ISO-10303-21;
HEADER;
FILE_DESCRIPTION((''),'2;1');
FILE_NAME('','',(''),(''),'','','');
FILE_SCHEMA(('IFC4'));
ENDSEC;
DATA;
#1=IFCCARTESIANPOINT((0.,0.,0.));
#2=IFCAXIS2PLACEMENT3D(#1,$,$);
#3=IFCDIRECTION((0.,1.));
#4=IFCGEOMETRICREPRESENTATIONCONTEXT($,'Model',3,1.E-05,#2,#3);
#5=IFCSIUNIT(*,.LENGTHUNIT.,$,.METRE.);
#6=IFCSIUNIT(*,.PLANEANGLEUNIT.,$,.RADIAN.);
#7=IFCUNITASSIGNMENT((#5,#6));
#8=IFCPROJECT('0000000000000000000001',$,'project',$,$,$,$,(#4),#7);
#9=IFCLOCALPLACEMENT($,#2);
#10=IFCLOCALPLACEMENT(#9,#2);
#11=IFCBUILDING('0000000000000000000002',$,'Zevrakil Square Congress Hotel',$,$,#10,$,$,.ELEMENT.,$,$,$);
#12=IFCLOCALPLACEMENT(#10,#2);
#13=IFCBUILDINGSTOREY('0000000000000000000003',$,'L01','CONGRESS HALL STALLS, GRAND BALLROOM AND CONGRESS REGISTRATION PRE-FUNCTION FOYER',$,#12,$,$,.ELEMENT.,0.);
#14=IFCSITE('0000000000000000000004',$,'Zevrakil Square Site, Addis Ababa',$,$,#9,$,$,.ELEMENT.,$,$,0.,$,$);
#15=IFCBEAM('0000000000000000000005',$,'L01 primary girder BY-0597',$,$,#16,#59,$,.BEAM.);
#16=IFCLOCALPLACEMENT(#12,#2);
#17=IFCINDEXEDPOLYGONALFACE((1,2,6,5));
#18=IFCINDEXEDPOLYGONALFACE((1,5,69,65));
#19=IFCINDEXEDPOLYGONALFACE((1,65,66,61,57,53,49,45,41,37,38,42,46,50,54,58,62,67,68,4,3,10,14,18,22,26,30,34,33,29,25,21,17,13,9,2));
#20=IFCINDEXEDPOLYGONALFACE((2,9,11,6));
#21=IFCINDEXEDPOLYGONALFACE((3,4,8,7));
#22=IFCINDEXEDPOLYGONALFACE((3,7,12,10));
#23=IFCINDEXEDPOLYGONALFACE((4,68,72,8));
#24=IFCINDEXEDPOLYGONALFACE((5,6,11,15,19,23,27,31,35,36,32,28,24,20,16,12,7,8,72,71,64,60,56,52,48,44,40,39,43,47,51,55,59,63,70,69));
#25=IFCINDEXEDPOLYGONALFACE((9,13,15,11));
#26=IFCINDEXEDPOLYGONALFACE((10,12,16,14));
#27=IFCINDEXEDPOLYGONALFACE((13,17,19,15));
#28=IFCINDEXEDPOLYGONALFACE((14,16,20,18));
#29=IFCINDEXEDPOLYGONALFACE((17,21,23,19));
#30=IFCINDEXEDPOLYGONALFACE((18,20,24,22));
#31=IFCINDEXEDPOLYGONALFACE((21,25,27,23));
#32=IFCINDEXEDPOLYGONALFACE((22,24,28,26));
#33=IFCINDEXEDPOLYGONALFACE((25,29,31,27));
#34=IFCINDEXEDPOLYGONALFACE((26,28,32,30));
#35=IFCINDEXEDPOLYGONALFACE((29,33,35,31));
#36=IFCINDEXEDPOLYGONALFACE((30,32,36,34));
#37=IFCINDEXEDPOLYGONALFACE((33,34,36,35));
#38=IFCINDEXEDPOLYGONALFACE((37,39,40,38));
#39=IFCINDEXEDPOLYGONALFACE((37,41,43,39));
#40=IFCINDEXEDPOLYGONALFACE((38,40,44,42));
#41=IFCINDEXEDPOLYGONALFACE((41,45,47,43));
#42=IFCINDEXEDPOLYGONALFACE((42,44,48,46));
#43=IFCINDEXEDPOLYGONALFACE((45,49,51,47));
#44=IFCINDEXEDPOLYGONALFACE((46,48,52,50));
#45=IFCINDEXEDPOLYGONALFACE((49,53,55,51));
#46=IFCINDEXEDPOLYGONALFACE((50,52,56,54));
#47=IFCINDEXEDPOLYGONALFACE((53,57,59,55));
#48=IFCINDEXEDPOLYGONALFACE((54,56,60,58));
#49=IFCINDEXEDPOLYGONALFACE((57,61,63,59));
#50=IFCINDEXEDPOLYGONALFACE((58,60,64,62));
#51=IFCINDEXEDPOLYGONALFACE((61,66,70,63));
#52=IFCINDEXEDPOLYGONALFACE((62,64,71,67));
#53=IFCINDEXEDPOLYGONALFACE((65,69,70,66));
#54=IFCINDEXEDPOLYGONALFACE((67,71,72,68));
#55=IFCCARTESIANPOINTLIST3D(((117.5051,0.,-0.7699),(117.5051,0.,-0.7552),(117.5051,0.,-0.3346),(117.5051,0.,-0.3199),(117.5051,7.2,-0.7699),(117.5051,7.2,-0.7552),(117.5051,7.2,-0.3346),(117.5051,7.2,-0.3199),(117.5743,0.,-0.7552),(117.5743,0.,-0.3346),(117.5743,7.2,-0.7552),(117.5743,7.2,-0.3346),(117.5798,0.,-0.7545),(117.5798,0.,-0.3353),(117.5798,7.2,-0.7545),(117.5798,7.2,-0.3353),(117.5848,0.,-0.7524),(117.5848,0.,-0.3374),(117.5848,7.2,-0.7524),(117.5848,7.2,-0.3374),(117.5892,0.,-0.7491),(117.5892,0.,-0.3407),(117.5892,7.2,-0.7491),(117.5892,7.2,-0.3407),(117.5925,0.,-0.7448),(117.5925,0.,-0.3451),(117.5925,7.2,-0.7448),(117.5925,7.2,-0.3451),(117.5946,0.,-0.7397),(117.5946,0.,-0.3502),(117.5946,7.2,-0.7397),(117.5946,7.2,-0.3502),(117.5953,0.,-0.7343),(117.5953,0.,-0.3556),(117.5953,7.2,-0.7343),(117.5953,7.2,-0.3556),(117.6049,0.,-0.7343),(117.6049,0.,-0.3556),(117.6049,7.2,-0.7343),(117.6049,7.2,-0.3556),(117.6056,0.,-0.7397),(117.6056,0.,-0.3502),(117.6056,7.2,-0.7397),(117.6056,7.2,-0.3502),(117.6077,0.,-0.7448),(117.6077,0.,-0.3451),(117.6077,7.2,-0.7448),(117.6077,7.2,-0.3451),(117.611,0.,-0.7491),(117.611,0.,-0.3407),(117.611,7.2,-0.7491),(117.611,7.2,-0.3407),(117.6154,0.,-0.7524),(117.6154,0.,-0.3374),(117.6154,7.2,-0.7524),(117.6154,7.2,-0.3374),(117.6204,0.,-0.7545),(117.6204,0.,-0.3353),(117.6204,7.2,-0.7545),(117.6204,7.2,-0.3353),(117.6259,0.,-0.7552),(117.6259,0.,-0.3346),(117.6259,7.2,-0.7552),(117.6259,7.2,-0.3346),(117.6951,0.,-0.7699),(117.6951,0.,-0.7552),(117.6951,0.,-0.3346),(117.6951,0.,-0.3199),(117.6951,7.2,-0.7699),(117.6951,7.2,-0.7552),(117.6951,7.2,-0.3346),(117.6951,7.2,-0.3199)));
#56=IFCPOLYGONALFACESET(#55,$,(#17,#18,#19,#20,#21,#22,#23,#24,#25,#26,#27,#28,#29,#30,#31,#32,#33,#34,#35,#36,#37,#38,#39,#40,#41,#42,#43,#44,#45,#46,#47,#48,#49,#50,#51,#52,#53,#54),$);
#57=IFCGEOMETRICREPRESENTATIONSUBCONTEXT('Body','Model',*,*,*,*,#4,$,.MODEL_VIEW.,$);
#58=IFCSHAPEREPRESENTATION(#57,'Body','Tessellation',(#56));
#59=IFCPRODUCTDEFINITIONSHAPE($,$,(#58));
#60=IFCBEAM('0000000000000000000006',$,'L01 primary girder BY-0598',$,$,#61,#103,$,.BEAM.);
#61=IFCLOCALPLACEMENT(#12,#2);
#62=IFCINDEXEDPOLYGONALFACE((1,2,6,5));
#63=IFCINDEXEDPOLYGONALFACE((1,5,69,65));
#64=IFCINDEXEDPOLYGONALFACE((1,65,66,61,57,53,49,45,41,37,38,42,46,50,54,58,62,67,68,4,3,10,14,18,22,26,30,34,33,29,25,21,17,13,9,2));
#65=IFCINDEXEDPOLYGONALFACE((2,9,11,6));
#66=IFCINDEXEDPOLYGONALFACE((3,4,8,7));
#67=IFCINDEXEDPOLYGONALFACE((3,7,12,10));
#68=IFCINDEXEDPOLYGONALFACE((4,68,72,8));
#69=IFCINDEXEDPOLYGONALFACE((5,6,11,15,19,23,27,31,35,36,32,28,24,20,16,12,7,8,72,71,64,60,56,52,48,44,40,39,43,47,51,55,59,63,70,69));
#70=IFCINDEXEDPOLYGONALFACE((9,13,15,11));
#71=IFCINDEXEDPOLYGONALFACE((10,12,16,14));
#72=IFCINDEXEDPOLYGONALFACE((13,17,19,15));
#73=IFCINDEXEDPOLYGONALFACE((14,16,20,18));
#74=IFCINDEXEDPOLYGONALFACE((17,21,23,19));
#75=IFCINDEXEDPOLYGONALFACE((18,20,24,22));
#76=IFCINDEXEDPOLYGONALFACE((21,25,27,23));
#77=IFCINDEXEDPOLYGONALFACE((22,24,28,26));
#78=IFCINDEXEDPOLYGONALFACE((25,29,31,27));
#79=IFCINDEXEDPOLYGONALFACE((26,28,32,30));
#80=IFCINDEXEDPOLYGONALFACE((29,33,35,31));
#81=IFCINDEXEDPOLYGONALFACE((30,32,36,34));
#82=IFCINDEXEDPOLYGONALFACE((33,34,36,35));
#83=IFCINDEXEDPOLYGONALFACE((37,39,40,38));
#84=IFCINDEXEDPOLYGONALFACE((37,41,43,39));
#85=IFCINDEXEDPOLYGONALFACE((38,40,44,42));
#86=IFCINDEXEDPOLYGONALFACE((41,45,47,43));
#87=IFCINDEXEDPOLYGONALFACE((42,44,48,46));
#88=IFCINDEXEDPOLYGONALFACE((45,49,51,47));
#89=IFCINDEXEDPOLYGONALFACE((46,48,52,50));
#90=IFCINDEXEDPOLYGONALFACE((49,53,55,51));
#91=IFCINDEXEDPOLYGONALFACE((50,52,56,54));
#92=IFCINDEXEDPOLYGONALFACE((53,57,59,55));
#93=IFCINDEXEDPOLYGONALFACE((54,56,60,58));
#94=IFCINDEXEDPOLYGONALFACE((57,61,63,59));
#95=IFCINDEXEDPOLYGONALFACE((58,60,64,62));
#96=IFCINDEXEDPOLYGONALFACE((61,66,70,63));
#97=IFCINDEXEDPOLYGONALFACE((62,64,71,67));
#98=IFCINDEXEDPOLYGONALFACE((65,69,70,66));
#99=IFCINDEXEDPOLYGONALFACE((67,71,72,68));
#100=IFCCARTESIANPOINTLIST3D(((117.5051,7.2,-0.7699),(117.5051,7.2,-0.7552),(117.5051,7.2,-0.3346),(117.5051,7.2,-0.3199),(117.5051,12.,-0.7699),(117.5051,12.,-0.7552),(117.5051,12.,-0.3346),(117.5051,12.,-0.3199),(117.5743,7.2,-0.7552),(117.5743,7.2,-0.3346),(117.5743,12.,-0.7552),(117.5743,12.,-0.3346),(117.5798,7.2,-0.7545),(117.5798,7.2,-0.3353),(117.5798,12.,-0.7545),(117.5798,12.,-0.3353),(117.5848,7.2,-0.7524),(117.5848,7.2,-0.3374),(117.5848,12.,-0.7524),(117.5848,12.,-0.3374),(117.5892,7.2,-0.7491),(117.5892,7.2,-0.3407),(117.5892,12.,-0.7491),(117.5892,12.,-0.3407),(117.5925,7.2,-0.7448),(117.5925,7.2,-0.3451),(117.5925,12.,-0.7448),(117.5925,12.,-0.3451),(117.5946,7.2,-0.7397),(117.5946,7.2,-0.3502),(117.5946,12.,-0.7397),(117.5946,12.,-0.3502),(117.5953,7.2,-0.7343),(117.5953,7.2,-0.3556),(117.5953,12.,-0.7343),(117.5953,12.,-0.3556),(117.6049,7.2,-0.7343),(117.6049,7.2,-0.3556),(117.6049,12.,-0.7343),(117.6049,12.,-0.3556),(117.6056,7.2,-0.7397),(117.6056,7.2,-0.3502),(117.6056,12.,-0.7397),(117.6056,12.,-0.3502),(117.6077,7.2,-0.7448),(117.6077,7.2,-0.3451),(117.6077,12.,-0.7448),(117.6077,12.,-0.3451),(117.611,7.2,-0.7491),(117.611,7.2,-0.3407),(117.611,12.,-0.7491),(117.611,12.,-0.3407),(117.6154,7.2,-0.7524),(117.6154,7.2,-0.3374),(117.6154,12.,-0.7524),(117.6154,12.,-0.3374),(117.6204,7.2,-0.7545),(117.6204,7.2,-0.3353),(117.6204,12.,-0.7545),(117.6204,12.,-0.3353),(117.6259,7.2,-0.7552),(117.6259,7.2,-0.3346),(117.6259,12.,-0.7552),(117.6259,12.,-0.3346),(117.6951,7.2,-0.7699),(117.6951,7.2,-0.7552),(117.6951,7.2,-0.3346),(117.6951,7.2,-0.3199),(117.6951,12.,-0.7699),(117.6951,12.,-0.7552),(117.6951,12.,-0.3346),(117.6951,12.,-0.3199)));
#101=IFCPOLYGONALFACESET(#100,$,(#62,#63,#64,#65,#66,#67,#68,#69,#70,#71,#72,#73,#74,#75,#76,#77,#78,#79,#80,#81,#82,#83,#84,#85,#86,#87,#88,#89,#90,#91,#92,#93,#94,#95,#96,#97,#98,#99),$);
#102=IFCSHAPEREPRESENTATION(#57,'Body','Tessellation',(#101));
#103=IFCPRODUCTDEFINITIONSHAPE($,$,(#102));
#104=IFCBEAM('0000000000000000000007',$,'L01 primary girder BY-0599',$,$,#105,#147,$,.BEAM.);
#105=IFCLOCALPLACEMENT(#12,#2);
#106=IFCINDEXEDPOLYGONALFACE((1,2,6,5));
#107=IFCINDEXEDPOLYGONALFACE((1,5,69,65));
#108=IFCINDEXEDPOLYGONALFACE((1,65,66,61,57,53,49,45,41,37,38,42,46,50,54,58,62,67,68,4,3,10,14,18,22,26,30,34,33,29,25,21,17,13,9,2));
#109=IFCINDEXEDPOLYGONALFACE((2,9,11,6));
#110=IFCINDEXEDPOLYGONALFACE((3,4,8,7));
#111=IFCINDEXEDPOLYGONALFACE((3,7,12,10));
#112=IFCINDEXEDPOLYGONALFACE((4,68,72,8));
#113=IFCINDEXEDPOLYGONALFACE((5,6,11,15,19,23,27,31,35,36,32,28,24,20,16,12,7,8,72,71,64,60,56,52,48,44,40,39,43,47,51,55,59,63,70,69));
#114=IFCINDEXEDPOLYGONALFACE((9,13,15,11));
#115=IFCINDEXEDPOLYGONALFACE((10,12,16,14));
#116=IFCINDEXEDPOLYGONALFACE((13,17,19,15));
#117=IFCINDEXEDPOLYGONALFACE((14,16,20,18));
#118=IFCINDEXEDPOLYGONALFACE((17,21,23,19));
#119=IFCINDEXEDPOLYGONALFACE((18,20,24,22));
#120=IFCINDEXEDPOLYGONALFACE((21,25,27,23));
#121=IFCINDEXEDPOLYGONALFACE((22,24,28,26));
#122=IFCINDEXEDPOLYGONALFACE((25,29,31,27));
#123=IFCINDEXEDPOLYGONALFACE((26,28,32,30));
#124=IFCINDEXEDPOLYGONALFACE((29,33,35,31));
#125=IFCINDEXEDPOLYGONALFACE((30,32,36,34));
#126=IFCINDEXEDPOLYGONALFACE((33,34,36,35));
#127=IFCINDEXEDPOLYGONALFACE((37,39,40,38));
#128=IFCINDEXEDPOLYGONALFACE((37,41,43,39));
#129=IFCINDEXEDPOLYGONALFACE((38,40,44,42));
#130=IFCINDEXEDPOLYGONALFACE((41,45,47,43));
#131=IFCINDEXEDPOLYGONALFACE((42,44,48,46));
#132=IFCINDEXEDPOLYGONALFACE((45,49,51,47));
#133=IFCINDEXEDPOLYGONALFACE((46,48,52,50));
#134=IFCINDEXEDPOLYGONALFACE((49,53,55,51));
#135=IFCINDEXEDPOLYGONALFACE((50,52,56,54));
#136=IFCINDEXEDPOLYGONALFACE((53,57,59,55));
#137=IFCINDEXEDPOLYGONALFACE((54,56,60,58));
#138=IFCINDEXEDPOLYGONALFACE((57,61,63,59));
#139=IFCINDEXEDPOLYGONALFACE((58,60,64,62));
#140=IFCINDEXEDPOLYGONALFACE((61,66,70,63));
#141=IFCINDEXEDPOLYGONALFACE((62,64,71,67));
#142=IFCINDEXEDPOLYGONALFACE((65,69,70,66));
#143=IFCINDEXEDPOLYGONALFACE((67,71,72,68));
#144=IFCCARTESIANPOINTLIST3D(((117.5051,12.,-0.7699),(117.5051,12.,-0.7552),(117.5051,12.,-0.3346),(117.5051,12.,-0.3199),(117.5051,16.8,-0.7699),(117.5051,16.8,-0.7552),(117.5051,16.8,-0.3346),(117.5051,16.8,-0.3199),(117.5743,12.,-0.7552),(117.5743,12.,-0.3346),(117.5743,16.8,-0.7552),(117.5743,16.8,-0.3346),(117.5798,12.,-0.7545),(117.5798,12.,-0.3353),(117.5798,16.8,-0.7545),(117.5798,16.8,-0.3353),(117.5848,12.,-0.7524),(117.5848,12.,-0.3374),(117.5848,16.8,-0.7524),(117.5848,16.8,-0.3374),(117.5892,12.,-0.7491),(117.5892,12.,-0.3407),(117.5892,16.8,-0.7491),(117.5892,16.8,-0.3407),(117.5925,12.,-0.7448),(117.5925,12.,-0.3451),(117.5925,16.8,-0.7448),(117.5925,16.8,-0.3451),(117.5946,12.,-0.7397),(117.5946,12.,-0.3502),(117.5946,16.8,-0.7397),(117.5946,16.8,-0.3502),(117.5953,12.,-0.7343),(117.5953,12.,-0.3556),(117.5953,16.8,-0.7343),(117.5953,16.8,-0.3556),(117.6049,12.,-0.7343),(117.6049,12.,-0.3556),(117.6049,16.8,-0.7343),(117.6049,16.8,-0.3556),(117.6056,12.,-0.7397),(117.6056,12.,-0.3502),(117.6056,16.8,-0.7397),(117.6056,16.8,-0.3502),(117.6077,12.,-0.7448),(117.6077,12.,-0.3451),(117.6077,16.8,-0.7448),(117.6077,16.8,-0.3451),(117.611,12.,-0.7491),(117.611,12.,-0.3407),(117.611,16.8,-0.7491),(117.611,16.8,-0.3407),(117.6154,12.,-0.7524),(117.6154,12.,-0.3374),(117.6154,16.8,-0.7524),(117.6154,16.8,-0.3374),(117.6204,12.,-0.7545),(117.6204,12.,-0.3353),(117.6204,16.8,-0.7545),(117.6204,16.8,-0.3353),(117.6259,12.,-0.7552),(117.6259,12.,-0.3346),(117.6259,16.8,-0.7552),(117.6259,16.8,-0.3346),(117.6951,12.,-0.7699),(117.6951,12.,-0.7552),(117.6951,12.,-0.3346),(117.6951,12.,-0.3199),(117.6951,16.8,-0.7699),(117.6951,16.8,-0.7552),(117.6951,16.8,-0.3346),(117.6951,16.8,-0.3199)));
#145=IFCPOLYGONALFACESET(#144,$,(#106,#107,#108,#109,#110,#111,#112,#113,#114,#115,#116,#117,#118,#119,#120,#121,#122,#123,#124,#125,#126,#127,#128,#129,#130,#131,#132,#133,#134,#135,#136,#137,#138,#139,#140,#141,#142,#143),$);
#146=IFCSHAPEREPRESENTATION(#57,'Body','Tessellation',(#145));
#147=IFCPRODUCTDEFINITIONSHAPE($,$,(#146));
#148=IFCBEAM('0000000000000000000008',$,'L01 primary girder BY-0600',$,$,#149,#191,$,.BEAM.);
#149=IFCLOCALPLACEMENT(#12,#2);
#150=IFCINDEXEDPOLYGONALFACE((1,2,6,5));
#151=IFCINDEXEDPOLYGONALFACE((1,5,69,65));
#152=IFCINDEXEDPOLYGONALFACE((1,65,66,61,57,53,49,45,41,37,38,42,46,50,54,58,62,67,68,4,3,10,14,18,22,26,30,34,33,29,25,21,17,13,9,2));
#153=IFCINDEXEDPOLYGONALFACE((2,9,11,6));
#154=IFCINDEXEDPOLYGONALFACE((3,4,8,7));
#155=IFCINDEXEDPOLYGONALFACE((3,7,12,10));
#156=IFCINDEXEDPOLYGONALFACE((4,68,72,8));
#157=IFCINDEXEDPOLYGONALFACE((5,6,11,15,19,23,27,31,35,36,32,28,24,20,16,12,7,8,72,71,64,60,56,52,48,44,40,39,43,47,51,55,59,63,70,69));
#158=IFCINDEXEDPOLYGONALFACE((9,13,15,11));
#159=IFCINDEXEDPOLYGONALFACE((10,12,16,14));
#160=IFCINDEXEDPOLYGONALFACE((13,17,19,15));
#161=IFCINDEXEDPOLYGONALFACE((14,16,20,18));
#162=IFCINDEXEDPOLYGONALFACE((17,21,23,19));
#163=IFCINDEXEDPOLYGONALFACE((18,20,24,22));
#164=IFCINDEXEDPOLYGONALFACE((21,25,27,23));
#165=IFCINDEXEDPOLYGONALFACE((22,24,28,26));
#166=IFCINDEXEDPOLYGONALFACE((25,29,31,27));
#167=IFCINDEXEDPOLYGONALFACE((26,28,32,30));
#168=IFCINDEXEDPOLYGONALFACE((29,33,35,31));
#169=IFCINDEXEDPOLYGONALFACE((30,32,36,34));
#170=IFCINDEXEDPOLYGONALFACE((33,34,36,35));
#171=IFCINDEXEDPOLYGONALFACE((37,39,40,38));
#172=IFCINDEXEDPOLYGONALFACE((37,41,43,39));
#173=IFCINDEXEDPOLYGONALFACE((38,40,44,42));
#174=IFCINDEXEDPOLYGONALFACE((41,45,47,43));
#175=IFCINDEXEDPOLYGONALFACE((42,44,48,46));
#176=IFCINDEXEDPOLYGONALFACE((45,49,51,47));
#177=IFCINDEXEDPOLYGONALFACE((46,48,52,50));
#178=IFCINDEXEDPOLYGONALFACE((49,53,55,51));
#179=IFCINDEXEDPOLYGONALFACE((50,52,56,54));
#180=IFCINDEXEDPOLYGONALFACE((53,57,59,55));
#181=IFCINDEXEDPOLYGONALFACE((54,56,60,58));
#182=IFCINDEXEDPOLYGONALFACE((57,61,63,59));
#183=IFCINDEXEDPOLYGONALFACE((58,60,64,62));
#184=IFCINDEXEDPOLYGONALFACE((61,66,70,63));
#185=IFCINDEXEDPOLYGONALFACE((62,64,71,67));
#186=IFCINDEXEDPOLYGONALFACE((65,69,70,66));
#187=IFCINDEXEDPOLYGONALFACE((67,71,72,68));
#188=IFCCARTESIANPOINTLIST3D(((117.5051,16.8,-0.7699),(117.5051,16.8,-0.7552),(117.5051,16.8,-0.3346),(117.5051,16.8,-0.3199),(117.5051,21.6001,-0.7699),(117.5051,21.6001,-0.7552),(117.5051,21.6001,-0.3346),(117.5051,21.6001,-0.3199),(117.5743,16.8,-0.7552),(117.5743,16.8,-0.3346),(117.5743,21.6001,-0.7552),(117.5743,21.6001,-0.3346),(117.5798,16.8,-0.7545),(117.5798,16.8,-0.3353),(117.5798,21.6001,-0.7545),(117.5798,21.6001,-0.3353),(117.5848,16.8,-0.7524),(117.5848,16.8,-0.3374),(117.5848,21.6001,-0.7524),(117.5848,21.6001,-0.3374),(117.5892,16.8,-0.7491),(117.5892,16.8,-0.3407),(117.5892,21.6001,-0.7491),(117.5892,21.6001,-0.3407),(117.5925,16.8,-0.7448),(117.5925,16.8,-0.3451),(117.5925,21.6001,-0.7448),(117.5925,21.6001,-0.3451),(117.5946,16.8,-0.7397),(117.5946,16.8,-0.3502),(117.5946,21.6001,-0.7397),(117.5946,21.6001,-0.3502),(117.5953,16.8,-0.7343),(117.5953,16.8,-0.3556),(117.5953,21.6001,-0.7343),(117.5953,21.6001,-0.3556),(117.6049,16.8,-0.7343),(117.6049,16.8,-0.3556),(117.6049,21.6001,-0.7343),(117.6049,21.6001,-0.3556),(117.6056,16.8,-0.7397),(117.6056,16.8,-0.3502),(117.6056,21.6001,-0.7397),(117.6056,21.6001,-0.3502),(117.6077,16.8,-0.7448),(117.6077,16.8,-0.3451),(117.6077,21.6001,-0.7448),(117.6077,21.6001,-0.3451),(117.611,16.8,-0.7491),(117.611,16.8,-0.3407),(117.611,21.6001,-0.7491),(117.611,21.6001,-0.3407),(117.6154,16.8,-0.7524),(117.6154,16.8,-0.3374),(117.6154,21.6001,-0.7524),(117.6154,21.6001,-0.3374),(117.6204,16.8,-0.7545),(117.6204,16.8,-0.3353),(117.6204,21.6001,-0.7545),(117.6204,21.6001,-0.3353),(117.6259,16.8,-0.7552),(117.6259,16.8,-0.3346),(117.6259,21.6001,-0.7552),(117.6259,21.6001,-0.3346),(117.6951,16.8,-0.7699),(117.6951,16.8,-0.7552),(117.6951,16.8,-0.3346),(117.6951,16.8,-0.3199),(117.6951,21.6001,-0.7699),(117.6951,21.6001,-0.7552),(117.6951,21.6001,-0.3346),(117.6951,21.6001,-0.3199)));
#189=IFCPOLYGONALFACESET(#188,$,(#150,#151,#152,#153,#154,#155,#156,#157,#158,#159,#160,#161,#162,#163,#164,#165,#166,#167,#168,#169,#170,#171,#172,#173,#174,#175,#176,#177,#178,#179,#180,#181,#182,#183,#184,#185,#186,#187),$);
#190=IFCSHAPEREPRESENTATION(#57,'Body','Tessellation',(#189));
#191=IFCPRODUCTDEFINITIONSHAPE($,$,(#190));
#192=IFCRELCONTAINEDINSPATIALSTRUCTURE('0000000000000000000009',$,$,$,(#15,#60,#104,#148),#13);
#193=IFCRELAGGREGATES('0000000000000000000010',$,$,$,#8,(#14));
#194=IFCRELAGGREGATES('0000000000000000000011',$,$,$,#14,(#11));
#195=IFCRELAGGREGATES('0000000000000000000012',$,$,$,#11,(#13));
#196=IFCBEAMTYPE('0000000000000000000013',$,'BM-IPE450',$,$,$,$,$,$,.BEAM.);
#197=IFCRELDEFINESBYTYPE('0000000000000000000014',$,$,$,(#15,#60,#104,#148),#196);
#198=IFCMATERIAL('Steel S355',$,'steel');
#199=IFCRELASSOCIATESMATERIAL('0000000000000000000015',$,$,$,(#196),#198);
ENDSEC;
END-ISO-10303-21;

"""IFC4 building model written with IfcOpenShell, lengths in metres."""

from ifc_helpers import new_model, si_unit, direction, frame, origin, origin_2d, place, context, subcontext, project, spatial, i_section, extrude, material, material_profile, profile_set, type_object, element, save


model = new_model("IFC4")

# Units and contexts
model_context = context("Model", 3, precision=1e-05, world=origin(), true_north=direction((0.0, 1.0)))
body_context = subcontext(model_context, "Body", "Model", "MODEL_VIEW")
ifc_project = project(units=[si_unit("LENGTHUNIT", "METRE"), si_unit("PLANEANGLEUNIT", "RADIAN")], contexts=[model_context])

# Site, building, storey
site_placement = place(None, origin())
site = spatial("IfcSite", under=ifc_project, at=site_placement, Name="Zevrakil Square Site, Addis Ababa", CompositionType="ELEMENT", RefElevation=0.0)
building_placement = place(site_placement, origin())
building = spatial("IfcBuilding", under=site, at=building_placement, Name="Zevrakil Square Congress Hotel", CompositionType="ELEMENT")
storey_placement = place(building_placement, origin())
storey = spatial("IfcBuildingStorey", under=building, at=storey_placement, Name="L01", Description="CONGRESS HALL STALLS, GRAND BALLROOM AND CONGRESS REGISTRATION PRE-FUNCTION FOYER", CompositionType="ELEMENT", Elevation=0.0)

# Beams
ifc_material_1 = material(Name="Steel S355", Category="steel")
ifc_material_profile_1 = material_profile(ifc_material_1, i_section(OverallWidth=0.1899, OverallDepth=0.45, WebThickness=0.0095, FlangeThickness=0.0146, FilletRadius=0.021, at=origin_2d()), Name="IPE 450")
ifc_profile_set_1 = profile_set([ifc_material_profile_1], Name="Steel S355")
beam_type_1 = type_object("IfcBeamType", Name="BM-IPE450", PredefinedType="BEAM", material=ifc_profile_set_1)
beam_1_placement = place(storey_placement, frame((117.6001, 0.0, -0.5449), z_axis=(0.0, 1.0, 0.0), x_axis=(-1.0, 0.0, 0.0)))
element("IfcBeam", 1, at=beam_1_placement, inside=storey, type_object=beam_type_1, Name="L01 primary girder BY-0597", PredefinedType="BEAM", context=body_context, shape_type="SweptSolid", body=[
    extrude(i_section(OverallWidth=0.1899, OverallDepth=0.45, WebThickness=0.0095, FlangeThickness=0.0146, FilletRadius=0.021, at=origin_2d()), origin(), (0.0, 0.0, 1.0), 7.2),
])
for number, where, z_axis, x_axis, name in (
    (2, (117.6001, 7.2, -0.5449), (0.0, 1.0, 0.0), (-1.0, 0.0, 0.0), "L01 primary girder BY-0598"),
    (3, (117.6001, 12.0, -0.5449), (0.0, 1.0, 0.0), (-1.0, 0.0, 0.0), "L01 primary girder BY-0599"),
    (4, (117.6001, 16.8, -0.5449), (0.0, 1.0, 0.0), (-1.0, 0.0, 0.0), "L01 primary girder BY-0600"),
):
    element("IfcBeam", number, at=place(storey_placement, frame(where, z_axis=z_axis, x_axis=x_axis)), inside=storey, type_object=beam_type_1, Name=name, PredefinedType="BEAM", context=body_context, shape_type="SweptSolid", body=[
        extrude(i_section(OverallWidth=0.1899, OverallDepth=0.45, WebThickness=0.0095, FlangeThickness=0.0146, FilletRadius=0.021, at=origin_2d()), origin(), (0.0, 0.0, 1.0), 4.8),
    ])

save(model, "model.ifc")
